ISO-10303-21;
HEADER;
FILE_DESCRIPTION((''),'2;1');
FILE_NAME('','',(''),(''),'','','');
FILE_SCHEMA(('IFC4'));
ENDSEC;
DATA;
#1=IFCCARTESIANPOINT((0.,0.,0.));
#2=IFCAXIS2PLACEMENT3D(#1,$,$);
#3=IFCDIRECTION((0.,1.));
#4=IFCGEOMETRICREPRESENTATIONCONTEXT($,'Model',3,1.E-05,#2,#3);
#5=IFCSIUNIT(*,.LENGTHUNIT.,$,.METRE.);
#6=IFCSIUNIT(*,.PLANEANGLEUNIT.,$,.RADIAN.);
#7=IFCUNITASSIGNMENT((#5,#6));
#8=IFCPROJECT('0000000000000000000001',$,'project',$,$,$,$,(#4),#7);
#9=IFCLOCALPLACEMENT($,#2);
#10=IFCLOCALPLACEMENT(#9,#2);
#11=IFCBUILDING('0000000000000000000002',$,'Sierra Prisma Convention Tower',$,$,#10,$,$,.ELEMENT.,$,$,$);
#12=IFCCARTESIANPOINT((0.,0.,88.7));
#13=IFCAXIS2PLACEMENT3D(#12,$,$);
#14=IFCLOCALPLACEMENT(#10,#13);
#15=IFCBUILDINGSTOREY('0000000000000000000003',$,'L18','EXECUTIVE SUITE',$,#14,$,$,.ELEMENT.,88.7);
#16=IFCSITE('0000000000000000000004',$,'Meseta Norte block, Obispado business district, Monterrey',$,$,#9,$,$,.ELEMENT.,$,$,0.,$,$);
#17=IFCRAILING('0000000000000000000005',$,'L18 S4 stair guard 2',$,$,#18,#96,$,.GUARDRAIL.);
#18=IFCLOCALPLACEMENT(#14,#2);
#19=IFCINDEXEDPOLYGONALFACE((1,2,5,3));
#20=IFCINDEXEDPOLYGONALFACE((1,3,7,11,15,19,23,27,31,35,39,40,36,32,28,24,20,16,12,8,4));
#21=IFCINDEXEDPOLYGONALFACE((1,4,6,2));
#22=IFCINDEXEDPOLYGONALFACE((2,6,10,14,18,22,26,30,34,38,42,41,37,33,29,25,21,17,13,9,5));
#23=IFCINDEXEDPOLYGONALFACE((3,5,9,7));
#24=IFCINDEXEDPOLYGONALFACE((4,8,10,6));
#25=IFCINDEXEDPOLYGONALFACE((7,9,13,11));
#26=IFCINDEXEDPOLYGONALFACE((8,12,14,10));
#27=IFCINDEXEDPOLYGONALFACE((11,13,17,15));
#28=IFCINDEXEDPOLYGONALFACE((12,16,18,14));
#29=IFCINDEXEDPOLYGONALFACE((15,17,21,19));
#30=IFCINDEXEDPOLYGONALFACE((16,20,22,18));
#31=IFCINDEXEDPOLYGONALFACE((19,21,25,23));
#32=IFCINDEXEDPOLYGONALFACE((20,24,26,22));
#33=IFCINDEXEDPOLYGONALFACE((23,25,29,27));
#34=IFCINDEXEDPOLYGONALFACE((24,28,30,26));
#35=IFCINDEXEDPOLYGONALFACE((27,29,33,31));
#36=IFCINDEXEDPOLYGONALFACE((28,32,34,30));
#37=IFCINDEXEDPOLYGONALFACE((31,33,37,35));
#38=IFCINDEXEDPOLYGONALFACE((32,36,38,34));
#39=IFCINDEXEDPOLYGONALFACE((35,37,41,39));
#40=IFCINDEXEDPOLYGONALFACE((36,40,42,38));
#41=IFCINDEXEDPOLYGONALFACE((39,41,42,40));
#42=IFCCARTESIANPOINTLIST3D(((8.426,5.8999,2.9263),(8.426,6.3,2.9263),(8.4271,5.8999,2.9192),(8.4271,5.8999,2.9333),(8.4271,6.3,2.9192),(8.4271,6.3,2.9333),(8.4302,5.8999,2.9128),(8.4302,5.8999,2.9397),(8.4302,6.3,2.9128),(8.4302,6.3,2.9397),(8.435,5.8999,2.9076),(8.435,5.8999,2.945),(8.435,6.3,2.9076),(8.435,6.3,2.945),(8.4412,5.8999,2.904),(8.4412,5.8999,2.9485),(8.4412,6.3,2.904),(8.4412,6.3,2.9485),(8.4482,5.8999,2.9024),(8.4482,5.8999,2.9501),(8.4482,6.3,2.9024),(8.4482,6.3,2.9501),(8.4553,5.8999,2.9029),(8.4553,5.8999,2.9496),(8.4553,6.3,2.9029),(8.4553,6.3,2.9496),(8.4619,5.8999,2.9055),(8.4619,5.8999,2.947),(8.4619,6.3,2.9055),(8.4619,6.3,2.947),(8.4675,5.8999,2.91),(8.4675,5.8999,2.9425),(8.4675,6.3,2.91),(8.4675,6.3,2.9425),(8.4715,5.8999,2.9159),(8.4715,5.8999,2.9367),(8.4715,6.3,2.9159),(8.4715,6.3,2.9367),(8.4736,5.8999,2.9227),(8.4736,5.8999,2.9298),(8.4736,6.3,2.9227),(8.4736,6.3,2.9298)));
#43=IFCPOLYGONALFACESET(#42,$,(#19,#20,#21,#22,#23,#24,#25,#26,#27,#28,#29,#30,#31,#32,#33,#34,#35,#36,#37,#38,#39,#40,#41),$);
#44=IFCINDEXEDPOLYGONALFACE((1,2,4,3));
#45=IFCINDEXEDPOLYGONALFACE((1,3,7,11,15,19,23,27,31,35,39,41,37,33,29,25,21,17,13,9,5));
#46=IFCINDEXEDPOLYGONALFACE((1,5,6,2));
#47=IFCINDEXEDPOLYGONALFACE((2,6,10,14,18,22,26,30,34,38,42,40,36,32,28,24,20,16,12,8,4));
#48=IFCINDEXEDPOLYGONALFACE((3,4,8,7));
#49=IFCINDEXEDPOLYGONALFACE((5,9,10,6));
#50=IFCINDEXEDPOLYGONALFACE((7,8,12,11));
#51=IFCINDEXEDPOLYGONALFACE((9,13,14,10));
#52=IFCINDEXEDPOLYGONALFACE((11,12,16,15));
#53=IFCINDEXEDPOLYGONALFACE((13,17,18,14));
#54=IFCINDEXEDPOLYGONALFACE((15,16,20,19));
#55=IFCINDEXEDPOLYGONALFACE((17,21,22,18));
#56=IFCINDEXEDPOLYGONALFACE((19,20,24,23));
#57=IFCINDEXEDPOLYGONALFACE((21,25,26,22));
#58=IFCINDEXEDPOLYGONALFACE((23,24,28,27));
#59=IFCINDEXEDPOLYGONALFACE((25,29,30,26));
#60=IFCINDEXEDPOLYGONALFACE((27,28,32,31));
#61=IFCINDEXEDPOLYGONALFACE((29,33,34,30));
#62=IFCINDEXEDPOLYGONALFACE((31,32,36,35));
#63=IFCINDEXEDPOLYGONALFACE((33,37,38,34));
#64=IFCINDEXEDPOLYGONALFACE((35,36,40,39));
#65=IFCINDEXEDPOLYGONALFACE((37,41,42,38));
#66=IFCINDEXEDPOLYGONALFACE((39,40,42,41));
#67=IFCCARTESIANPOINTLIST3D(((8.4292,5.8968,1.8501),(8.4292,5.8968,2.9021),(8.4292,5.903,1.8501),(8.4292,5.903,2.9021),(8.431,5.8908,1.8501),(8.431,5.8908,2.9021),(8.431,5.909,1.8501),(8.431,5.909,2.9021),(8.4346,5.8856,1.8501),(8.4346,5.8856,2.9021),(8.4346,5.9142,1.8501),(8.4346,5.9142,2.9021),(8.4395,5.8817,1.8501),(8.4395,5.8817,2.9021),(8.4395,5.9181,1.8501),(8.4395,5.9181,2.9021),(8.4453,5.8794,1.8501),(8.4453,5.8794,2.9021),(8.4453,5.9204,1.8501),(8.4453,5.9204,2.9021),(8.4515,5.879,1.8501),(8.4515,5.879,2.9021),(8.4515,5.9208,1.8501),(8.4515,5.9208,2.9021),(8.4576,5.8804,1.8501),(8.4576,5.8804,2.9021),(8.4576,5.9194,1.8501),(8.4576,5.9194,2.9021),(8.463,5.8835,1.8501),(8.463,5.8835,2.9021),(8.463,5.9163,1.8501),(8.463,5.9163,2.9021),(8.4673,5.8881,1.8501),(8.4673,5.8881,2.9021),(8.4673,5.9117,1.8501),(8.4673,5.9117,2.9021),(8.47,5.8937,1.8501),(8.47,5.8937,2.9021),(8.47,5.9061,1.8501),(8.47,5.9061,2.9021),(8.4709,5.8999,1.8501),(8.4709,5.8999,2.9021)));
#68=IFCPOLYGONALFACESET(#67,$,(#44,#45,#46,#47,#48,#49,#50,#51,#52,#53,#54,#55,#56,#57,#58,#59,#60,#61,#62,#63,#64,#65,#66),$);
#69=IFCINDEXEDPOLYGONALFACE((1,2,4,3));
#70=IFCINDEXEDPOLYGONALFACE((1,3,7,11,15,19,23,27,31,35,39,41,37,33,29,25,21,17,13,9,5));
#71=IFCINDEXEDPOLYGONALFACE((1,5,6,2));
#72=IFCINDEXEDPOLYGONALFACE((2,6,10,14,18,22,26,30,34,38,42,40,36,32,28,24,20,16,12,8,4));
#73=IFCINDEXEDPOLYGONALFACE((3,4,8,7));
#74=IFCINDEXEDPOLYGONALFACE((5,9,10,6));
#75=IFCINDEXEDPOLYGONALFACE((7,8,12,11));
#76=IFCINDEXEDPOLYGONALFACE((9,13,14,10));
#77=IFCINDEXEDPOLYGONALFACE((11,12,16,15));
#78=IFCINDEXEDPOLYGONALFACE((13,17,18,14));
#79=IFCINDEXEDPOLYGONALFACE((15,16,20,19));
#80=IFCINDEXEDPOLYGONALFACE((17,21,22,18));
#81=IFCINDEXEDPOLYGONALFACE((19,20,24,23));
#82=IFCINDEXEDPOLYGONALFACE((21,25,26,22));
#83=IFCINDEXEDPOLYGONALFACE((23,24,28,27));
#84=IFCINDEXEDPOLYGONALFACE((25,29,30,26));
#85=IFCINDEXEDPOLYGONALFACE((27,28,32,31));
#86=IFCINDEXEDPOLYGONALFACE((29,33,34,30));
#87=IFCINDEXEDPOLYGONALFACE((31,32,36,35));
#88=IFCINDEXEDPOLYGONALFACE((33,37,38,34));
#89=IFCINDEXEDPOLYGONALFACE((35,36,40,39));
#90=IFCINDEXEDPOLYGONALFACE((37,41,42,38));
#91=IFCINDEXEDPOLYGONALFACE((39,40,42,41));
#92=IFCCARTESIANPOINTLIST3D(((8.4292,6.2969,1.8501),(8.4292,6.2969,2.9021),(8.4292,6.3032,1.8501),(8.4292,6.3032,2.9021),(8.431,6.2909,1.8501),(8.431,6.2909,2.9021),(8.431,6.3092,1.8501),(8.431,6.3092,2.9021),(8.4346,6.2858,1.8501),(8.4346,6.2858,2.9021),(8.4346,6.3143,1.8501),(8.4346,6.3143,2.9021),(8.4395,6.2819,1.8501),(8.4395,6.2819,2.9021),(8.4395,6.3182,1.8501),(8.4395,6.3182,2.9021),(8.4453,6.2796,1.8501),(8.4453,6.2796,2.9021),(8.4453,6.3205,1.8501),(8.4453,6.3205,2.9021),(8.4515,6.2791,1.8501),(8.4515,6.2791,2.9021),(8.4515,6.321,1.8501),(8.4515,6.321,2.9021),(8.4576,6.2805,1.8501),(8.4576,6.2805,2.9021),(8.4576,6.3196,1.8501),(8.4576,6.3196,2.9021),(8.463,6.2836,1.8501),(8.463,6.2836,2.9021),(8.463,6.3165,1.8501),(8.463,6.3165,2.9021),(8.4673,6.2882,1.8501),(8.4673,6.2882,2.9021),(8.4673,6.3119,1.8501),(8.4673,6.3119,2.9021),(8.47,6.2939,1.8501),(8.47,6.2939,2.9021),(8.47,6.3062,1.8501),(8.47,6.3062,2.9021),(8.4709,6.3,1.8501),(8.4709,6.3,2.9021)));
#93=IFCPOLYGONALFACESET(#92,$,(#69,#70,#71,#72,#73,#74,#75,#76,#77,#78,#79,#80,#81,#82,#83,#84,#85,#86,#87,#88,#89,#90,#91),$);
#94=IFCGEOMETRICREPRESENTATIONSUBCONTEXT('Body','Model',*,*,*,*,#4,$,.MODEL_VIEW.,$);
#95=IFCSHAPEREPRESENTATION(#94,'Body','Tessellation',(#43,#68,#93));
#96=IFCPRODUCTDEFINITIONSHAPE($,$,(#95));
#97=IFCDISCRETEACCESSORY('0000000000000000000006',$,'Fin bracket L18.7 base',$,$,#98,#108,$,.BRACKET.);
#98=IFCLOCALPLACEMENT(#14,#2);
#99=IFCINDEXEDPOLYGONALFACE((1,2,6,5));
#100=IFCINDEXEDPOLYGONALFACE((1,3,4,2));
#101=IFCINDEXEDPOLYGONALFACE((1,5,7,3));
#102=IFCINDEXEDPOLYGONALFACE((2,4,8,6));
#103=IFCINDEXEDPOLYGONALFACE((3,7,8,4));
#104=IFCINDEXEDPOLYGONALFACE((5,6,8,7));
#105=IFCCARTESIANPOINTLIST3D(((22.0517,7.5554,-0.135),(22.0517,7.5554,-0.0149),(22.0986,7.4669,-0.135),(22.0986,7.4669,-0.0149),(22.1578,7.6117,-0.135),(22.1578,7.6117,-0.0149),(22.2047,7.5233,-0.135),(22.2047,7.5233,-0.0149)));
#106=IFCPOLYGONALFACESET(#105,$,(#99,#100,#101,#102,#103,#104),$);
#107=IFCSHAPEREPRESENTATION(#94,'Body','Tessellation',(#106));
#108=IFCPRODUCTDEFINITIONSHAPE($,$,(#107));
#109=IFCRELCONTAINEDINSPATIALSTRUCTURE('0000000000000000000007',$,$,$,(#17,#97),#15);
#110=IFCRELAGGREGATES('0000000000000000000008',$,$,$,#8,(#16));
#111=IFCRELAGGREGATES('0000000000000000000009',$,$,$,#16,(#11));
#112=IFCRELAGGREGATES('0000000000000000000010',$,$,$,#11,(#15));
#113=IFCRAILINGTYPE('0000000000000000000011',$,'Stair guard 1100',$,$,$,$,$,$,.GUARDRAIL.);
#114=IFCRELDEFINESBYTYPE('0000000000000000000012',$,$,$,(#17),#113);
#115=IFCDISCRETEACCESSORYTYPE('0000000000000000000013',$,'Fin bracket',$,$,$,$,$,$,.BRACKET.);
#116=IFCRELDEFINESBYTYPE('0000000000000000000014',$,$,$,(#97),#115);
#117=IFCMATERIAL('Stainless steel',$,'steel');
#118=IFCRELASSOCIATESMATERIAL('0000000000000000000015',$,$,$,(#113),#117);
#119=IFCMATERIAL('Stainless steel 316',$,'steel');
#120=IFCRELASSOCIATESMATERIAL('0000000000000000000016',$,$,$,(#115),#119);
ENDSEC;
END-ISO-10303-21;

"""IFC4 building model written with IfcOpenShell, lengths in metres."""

from ifc_helpers import new_model, si_unit, direction, frame, origin, origin_2d, place, context, subcontext, project, spatial, rectangle, circle, extrude, material, type_object, element, save


model = new_model("IFC4")

# Units and contexts
model_context = context("Model", 3, precision=1e-05, world=origin(), true_north=direction((0.0, 1.0)))
body_context = subcontext(model_context, "Body", "Model", "MODEL_VIEW")
ifc_project = project(units=[si_unit("LENGTHUNIT", "METRE"), si_unit("PLANEANGLEUNIT", "RADIAN")], contexts=[model_context])

# Site, building, storey
site_placement = place(None, origin())
site = spatial("IfcSite", under=ifc_project, at=site_placement, Name="Meseta Norte block, Obispado business district, Monterrey", CompositionType="ELEMENT", RefElevation=0.0)
building_placement = place(site_placement, origin())
building = spatial("IfcBuilding", under=site, at=building_placement, Name="Sierra Prisma Convention Tower", CompositionType="ELEMENT")
storey_placement = place(building_placement, frame((0.0, 0.0, 88.7)))
storey = spatial("IfcBuildingStorey", under=building, at=storey_placement, Name="L18", Description="EXECUTIVE SUITE", CompositionType="ELEMENT", Elevation=88.7)

# Railing
ifc_material_1 = material(Name="Stainless steel", Category="steel")
railing_type_1 = type_object("IfcRailingType", Name="Stair guard 1100", PredefinedType="GUARDRAIL", material=ifc_material_1)
railing_1_placement = place(storey_placement, frame((8.45, 5.8999, 1.8501)))
element("IfcRailing", 1, at=railing_1_placement, inside=storey, type_object=railing_type_1, Name="L18 S4 stair guard 2", PredefinedType="GUARDRAIL", context=body_context, shape_type="SweptSolid", body=[
    extrude(circle(Radius=0.0239, at=origin_2d()), frame((0.0, 0.0, 1.0762), z_axis=(0.0, 1.0, 0.0), x_axis=(-1.0, 0.0, 0.0)), (0.0, 0.0, 1.0), 0.4001),
    extrude(circle(Radius=0.021, at=origin_2d()), origin(), (0.0, 0.0, 1.0), 1.052),
    extrude(circle(Radius=0.021, at=origin_2d()), frame((0.0, 0.4001, 0.0)), (0.0, 0.0, 1.0), 1.052),
])

# Discrete accessory
ifc_material_2 = material(Name="Stainless steel 316", Category="steel")
discrete_accessory_type = type_object("IfcDiscreteAccessoryType", Name="Fin bracket", PredefinedType="BRACKET", material=ifc_material_2)
discrete_accessory_placement = place(storey_placement, frame((22.1282, 7.5393, -0.135), z_axis=(0.0, 0.0, 1.0), x_axis=(0.883264, 0.468875, 0.0)))
element("IfcDiscreteAccessory", 2, at=discrete_accessory_placement, inside=storey, type_object=discrete_accessory_type, Name="Fin bracket L18.7 base", PredefinedType="BRACKET", context=body_context, shape_type="SweptSolid", body=[
    extrude(rectangle(XDim=0.1201, YDim=0.1001, at=origin_2d()), origin(), (0.0, 0.0, 1.0), 0.1201),
])

save(model, "model.ifc")
